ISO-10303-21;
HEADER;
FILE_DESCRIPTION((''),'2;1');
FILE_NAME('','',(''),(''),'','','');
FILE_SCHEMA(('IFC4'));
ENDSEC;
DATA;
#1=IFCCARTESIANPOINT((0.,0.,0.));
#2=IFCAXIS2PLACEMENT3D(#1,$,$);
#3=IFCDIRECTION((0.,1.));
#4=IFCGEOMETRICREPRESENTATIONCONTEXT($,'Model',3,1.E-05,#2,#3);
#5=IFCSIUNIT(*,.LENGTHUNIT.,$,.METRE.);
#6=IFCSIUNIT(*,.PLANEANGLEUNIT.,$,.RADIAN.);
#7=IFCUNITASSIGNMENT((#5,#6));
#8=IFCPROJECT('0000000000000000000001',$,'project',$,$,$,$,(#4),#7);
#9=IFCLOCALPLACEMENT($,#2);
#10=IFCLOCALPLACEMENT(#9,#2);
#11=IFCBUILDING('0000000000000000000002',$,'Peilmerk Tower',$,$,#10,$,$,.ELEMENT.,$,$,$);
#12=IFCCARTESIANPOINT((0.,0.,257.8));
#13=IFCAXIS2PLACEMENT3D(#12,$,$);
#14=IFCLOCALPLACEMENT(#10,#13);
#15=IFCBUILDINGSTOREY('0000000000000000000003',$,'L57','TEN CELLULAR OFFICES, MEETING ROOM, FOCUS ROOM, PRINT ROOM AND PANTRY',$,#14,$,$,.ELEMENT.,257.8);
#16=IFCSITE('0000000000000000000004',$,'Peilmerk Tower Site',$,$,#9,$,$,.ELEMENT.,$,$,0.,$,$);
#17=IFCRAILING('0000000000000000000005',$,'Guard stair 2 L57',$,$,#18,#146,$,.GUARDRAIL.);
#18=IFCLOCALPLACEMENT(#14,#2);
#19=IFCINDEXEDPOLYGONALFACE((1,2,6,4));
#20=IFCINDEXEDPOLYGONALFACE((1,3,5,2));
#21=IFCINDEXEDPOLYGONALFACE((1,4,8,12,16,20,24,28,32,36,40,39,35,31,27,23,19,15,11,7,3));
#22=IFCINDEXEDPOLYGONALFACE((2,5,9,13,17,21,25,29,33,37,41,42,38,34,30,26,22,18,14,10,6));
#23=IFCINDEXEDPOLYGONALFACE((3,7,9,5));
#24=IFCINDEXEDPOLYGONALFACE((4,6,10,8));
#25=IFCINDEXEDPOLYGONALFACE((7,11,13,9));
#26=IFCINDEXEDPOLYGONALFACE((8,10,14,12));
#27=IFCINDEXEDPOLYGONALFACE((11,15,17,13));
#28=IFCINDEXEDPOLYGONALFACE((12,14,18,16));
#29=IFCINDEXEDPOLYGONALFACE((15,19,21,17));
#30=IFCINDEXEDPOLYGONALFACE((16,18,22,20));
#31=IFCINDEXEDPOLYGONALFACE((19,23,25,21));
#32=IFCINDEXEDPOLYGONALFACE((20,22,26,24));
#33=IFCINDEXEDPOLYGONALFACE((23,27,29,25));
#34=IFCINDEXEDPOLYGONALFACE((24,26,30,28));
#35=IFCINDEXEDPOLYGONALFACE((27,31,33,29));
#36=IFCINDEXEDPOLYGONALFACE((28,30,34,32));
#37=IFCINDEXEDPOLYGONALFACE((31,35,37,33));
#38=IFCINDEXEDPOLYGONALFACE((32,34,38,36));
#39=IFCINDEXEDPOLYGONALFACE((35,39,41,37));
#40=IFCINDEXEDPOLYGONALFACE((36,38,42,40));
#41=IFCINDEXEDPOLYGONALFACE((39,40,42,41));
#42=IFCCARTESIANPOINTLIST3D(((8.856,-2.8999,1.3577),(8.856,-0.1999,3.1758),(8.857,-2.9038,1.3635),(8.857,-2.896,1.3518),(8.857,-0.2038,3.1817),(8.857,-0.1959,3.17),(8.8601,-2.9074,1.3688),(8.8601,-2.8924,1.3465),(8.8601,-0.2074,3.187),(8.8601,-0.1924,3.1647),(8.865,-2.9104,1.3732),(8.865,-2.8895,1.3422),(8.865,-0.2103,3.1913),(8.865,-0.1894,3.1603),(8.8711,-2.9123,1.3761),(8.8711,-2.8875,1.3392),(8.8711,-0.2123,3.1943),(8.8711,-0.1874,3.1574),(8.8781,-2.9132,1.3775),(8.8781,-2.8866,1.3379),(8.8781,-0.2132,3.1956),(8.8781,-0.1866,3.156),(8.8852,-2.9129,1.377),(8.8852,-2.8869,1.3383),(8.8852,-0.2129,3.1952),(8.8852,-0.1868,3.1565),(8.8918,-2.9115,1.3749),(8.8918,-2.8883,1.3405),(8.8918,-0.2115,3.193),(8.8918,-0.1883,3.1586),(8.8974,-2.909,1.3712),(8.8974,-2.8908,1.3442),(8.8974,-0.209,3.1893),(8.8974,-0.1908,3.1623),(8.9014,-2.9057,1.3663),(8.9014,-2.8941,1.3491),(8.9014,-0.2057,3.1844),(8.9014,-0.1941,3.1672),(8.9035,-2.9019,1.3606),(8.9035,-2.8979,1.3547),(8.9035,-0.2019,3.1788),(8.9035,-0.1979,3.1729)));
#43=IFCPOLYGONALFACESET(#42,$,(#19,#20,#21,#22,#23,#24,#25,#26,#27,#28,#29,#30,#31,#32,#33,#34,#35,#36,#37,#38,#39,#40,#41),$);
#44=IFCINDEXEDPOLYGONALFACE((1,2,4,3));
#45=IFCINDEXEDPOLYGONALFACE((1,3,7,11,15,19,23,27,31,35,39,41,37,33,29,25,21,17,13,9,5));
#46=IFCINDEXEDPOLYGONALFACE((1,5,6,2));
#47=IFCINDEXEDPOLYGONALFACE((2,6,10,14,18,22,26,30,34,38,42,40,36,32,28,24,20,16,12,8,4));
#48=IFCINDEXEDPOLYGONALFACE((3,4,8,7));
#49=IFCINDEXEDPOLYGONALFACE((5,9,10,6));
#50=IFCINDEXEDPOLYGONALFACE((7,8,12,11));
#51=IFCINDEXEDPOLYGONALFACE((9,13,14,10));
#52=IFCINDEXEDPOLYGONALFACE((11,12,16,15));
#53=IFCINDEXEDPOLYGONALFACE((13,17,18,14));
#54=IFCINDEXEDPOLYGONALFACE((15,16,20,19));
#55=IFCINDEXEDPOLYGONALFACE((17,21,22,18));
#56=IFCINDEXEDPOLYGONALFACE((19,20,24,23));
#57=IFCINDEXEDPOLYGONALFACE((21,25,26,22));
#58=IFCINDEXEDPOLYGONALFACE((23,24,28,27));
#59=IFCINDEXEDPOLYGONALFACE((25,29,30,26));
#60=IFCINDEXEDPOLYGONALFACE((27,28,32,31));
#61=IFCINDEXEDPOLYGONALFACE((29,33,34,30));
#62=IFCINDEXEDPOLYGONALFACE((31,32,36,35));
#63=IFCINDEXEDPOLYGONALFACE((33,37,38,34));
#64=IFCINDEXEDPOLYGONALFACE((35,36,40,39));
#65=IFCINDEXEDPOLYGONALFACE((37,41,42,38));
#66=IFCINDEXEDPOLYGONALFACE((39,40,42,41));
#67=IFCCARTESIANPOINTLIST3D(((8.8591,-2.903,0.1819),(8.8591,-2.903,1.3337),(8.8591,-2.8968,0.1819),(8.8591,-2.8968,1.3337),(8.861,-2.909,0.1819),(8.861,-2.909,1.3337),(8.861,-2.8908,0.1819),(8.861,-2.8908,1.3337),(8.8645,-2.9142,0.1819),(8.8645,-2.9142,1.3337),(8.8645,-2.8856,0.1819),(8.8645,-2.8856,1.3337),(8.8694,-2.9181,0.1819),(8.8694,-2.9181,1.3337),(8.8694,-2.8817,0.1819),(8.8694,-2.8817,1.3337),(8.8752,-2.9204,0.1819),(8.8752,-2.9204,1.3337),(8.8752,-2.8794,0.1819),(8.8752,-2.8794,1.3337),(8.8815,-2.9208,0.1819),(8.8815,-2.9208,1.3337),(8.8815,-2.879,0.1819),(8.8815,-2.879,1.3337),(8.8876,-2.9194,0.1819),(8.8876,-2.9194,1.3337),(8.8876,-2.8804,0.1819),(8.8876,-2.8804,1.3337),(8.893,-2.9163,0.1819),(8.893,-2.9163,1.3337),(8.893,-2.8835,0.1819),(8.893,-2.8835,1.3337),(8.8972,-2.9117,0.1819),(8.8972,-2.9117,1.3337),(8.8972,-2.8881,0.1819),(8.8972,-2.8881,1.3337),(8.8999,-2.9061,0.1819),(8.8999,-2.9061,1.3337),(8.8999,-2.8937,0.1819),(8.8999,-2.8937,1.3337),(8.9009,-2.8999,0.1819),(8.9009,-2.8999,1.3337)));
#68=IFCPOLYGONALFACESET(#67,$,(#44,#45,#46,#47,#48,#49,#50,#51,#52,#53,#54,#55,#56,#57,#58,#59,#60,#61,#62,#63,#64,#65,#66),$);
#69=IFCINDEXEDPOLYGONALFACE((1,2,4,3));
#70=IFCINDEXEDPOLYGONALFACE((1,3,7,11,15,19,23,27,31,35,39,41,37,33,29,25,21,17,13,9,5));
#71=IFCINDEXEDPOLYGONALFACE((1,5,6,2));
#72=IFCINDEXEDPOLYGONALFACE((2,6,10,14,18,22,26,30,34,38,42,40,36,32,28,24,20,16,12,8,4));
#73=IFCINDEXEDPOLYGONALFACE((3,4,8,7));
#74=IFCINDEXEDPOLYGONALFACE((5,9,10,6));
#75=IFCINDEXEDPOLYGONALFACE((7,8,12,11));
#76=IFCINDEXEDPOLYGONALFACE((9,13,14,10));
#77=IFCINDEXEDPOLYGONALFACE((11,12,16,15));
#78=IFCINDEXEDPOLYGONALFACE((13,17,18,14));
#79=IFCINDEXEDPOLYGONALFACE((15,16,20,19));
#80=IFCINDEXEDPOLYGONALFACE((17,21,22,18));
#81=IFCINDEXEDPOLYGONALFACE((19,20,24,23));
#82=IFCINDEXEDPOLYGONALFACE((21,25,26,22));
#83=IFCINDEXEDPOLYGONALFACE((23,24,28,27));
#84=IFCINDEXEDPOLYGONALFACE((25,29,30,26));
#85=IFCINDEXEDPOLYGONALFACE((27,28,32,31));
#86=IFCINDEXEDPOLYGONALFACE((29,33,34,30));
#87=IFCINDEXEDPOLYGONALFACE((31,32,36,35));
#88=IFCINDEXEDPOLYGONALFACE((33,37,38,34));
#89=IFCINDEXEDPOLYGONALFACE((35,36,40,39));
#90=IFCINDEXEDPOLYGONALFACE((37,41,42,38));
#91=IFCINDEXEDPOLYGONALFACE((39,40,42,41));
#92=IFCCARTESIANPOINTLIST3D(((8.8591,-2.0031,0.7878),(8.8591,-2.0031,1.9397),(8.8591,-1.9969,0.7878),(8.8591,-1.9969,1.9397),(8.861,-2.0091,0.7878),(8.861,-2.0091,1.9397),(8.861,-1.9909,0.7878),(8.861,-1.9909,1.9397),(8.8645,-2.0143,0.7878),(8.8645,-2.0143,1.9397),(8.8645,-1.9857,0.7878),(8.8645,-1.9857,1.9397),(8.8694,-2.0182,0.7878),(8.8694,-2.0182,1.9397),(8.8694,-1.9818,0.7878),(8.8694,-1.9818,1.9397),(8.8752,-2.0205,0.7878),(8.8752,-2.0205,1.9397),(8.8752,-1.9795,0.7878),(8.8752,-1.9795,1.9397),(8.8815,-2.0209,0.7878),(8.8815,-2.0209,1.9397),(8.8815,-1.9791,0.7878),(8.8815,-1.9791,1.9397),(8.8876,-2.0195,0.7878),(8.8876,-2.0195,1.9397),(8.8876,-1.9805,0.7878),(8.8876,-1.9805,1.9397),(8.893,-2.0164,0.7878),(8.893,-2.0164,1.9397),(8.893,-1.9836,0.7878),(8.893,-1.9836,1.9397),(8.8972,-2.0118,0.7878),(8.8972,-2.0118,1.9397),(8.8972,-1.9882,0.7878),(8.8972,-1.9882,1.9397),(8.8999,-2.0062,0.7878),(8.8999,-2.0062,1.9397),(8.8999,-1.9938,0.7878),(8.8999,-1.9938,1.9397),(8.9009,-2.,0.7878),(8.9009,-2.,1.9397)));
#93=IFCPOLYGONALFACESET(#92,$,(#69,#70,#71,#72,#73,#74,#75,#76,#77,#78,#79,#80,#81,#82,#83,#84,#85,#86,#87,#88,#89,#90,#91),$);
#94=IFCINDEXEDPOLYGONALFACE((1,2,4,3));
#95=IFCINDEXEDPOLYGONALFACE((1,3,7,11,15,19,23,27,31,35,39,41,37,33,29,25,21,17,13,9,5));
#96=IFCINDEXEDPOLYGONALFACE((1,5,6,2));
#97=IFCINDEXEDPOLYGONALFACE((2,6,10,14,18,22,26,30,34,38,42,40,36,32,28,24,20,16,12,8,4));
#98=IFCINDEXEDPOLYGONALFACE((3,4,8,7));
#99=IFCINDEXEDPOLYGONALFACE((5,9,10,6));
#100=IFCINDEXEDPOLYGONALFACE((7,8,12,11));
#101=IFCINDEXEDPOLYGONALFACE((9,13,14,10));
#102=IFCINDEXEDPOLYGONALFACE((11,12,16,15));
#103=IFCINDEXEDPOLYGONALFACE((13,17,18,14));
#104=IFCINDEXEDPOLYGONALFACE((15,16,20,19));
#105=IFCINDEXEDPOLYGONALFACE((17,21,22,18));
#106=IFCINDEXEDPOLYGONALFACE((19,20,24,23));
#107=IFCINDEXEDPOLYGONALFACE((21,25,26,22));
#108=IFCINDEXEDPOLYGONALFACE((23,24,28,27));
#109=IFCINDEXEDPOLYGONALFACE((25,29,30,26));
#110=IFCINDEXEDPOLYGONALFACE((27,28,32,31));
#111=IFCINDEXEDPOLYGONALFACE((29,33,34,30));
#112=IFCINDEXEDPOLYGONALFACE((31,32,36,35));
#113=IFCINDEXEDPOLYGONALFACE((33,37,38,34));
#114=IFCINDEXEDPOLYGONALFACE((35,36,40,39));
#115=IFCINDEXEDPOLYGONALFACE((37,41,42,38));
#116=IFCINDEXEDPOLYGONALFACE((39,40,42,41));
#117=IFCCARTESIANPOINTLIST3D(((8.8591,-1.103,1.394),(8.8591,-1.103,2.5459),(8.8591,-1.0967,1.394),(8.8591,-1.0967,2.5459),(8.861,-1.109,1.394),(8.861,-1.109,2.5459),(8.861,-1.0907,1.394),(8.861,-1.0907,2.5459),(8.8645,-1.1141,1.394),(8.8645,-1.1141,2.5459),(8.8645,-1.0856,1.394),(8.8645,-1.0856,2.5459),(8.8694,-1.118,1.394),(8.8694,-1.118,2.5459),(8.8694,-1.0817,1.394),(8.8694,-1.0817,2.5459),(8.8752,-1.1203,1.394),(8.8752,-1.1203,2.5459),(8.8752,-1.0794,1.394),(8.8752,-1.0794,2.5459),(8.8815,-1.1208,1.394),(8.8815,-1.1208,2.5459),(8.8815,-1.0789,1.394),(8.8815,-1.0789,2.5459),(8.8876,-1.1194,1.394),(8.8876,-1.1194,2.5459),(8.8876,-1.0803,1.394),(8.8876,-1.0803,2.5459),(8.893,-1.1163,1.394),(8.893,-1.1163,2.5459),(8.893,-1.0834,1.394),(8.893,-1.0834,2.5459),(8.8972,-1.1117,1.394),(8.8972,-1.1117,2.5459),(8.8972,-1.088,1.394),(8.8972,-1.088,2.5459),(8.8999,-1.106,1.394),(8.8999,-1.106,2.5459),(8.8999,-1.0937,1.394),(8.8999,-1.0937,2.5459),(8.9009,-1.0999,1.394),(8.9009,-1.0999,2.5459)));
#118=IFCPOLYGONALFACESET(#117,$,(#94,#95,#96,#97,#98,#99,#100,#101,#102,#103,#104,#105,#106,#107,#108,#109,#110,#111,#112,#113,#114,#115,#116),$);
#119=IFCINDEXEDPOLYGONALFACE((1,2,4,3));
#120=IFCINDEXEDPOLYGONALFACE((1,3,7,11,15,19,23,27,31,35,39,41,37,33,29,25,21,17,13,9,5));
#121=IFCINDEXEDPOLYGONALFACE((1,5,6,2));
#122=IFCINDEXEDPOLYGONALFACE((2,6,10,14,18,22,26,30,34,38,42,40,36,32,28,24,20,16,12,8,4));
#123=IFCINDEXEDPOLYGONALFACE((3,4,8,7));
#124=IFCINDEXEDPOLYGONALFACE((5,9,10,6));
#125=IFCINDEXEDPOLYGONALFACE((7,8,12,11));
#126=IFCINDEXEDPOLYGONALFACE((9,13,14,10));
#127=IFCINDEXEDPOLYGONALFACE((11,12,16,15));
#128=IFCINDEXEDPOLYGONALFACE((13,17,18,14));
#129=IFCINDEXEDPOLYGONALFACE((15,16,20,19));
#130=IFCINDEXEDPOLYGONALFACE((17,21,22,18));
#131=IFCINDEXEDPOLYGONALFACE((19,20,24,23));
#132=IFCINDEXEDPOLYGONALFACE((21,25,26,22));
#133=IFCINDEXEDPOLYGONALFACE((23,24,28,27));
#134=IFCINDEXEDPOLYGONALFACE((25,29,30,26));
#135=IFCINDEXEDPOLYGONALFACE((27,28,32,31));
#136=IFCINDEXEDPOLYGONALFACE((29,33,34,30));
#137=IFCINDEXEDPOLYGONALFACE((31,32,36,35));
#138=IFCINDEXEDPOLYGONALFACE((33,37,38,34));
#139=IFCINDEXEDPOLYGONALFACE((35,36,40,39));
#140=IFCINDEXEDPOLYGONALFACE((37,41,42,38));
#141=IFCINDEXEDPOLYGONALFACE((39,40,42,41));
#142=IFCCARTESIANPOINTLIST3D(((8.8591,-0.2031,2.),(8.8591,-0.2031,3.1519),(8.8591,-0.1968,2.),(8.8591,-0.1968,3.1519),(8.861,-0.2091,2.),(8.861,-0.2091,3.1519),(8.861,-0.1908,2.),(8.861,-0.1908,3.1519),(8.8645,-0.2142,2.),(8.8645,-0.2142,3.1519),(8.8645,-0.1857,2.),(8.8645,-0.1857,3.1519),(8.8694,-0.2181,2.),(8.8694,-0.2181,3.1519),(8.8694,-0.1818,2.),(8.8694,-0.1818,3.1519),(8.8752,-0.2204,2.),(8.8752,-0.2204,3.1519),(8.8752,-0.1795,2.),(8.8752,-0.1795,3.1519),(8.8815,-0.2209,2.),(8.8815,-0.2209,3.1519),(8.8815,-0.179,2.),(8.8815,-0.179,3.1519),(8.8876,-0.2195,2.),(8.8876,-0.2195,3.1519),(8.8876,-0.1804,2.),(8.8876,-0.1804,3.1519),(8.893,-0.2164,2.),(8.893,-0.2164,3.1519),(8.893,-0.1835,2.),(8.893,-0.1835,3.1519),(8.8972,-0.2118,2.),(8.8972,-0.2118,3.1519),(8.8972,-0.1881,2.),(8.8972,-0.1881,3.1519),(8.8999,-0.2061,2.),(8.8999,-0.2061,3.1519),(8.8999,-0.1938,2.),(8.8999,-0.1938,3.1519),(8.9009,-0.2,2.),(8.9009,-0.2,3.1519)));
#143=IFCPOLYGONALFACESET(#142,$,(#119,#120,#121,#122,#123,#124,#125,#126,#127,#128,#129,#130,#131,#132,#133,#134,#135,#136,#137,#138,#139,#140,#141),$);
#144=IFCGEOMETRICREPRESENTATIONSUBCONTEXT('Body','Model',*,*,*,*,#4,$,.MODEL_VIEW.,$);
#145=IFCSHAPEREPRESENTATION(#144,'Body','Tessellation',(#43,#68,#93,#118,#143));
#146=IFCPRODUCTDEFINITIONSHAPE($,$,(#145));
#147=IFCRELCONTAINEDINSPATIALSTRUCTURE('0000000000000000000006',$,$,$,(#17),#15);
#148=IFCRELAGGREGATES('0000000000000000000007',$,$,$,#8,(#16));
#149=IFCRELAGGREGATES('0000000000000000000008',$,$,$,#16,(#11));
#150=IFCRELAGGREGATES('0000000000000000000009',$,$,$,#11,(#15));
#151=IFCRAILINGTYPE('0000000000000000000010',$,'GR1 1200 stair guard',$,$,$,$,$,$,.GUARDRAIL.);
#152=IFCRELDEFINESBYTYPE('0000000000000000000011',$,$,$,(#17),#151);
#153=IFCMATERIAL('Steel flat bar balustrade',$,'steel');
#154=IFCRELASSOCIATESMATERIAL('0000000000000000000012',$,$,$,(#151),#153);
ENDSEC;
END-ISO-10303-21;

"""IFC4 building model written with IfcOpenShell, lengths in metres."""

from ifc_helpers import new_model, si_unit, direction, frame, origin, origin_2d, place, context, subcontext, project, spatial, circle, extrude, material, type_object, element, save


model = new_model("IFC4")

# Units and contexts
model_context = context("Model", 3, precision=1e-05, world=origin(), true_north=direction((0.0, 1.0)))
body_context = subcontext(model_context, "Body", "Model", "MODEL_VIEW")
ifc_project = project(units=[si_unit("LENGTHUNIT", "METRE"), si_unit("PLANEANGLEUNIT", "RADIAN")], contexts=[model_context])

# Site, building, storey
site_placement = place(None, origin())
site = spatial("IfcSite", under=ifc_project, at=site_placement, Name="Peilmerk Tower Site", CompositionType="ELEMENT", RefElevation=0.0)
building_placement = place(site_placement, origin())
building = spatial("IfcBuilding", under=site, at=building_placement, Name="Peilmerk Tower", CompositionType="ELEMENT")
storey_placement = place(building_placement, frame((0.0, 0.0, 257.8)))
storey = spatial("IfcBuildingStorey", under=building, at=storey_placement, Name="L57", Description="TEN CELLULAR OFFICES, MEETING ROOM, FOCUS ROOM, PRINT ROOM AND PANTRY", CompositionType="ELEMENT", Elevation=257.8)

# Railing
ifc_material_1 = material(Name="Steel flat bar balustrade", Category="steel")
railing_type_1 = type_object("IfcRailingType", Name="GR1 1200 stair guard", PredefinedType="GUARDRAIL", material=ifc_material_1)
railing_1_placement = place(storey_placement, frame((8.8799, -2.8999, 0.1819)))
element("IfcRailing", 1, at=railing_1_placement, inside=storey, type_object=railing_type_1, Name="Guard stair 2 L57", PredefinedType="GUARDRAIL", context=body_context, shape_type="SweptSolid", body=[
    extrude(circle(Radius=0.0239, at=origin_2d()), frame((0.0, 0.0, 1.1758), z_axis=(0.0, 0.829468, 0.558554), x_axis=(-1.0, 0.0, 0.0)), (0.0, 0.0, 1.0), 3.2551),
    extrude(circle(Radius=0.021, at=origin_2d()), origin(), (0.0, 0.0, 1.0), 1.1519),
    extrude(circle(Radius=0.021, at=origin_2d()), frame((0.0, 0.8999, 0.606)), (0.0, 0.0, 1.0), 1.1519),
    extrude(circle(Radius=0.021, at=origin_2d()), frame((0.0, 1.8, 1.2122)), (0.0, 0.0, 1.0), 1.1519),
    extrude(circle(Radius=0.021, at=origin_2d()), frame((0.0, 2.7, 1.8181)), (0.0, 0.0, 1.0), 1.1519),
])

save(model, "model.ifc")
